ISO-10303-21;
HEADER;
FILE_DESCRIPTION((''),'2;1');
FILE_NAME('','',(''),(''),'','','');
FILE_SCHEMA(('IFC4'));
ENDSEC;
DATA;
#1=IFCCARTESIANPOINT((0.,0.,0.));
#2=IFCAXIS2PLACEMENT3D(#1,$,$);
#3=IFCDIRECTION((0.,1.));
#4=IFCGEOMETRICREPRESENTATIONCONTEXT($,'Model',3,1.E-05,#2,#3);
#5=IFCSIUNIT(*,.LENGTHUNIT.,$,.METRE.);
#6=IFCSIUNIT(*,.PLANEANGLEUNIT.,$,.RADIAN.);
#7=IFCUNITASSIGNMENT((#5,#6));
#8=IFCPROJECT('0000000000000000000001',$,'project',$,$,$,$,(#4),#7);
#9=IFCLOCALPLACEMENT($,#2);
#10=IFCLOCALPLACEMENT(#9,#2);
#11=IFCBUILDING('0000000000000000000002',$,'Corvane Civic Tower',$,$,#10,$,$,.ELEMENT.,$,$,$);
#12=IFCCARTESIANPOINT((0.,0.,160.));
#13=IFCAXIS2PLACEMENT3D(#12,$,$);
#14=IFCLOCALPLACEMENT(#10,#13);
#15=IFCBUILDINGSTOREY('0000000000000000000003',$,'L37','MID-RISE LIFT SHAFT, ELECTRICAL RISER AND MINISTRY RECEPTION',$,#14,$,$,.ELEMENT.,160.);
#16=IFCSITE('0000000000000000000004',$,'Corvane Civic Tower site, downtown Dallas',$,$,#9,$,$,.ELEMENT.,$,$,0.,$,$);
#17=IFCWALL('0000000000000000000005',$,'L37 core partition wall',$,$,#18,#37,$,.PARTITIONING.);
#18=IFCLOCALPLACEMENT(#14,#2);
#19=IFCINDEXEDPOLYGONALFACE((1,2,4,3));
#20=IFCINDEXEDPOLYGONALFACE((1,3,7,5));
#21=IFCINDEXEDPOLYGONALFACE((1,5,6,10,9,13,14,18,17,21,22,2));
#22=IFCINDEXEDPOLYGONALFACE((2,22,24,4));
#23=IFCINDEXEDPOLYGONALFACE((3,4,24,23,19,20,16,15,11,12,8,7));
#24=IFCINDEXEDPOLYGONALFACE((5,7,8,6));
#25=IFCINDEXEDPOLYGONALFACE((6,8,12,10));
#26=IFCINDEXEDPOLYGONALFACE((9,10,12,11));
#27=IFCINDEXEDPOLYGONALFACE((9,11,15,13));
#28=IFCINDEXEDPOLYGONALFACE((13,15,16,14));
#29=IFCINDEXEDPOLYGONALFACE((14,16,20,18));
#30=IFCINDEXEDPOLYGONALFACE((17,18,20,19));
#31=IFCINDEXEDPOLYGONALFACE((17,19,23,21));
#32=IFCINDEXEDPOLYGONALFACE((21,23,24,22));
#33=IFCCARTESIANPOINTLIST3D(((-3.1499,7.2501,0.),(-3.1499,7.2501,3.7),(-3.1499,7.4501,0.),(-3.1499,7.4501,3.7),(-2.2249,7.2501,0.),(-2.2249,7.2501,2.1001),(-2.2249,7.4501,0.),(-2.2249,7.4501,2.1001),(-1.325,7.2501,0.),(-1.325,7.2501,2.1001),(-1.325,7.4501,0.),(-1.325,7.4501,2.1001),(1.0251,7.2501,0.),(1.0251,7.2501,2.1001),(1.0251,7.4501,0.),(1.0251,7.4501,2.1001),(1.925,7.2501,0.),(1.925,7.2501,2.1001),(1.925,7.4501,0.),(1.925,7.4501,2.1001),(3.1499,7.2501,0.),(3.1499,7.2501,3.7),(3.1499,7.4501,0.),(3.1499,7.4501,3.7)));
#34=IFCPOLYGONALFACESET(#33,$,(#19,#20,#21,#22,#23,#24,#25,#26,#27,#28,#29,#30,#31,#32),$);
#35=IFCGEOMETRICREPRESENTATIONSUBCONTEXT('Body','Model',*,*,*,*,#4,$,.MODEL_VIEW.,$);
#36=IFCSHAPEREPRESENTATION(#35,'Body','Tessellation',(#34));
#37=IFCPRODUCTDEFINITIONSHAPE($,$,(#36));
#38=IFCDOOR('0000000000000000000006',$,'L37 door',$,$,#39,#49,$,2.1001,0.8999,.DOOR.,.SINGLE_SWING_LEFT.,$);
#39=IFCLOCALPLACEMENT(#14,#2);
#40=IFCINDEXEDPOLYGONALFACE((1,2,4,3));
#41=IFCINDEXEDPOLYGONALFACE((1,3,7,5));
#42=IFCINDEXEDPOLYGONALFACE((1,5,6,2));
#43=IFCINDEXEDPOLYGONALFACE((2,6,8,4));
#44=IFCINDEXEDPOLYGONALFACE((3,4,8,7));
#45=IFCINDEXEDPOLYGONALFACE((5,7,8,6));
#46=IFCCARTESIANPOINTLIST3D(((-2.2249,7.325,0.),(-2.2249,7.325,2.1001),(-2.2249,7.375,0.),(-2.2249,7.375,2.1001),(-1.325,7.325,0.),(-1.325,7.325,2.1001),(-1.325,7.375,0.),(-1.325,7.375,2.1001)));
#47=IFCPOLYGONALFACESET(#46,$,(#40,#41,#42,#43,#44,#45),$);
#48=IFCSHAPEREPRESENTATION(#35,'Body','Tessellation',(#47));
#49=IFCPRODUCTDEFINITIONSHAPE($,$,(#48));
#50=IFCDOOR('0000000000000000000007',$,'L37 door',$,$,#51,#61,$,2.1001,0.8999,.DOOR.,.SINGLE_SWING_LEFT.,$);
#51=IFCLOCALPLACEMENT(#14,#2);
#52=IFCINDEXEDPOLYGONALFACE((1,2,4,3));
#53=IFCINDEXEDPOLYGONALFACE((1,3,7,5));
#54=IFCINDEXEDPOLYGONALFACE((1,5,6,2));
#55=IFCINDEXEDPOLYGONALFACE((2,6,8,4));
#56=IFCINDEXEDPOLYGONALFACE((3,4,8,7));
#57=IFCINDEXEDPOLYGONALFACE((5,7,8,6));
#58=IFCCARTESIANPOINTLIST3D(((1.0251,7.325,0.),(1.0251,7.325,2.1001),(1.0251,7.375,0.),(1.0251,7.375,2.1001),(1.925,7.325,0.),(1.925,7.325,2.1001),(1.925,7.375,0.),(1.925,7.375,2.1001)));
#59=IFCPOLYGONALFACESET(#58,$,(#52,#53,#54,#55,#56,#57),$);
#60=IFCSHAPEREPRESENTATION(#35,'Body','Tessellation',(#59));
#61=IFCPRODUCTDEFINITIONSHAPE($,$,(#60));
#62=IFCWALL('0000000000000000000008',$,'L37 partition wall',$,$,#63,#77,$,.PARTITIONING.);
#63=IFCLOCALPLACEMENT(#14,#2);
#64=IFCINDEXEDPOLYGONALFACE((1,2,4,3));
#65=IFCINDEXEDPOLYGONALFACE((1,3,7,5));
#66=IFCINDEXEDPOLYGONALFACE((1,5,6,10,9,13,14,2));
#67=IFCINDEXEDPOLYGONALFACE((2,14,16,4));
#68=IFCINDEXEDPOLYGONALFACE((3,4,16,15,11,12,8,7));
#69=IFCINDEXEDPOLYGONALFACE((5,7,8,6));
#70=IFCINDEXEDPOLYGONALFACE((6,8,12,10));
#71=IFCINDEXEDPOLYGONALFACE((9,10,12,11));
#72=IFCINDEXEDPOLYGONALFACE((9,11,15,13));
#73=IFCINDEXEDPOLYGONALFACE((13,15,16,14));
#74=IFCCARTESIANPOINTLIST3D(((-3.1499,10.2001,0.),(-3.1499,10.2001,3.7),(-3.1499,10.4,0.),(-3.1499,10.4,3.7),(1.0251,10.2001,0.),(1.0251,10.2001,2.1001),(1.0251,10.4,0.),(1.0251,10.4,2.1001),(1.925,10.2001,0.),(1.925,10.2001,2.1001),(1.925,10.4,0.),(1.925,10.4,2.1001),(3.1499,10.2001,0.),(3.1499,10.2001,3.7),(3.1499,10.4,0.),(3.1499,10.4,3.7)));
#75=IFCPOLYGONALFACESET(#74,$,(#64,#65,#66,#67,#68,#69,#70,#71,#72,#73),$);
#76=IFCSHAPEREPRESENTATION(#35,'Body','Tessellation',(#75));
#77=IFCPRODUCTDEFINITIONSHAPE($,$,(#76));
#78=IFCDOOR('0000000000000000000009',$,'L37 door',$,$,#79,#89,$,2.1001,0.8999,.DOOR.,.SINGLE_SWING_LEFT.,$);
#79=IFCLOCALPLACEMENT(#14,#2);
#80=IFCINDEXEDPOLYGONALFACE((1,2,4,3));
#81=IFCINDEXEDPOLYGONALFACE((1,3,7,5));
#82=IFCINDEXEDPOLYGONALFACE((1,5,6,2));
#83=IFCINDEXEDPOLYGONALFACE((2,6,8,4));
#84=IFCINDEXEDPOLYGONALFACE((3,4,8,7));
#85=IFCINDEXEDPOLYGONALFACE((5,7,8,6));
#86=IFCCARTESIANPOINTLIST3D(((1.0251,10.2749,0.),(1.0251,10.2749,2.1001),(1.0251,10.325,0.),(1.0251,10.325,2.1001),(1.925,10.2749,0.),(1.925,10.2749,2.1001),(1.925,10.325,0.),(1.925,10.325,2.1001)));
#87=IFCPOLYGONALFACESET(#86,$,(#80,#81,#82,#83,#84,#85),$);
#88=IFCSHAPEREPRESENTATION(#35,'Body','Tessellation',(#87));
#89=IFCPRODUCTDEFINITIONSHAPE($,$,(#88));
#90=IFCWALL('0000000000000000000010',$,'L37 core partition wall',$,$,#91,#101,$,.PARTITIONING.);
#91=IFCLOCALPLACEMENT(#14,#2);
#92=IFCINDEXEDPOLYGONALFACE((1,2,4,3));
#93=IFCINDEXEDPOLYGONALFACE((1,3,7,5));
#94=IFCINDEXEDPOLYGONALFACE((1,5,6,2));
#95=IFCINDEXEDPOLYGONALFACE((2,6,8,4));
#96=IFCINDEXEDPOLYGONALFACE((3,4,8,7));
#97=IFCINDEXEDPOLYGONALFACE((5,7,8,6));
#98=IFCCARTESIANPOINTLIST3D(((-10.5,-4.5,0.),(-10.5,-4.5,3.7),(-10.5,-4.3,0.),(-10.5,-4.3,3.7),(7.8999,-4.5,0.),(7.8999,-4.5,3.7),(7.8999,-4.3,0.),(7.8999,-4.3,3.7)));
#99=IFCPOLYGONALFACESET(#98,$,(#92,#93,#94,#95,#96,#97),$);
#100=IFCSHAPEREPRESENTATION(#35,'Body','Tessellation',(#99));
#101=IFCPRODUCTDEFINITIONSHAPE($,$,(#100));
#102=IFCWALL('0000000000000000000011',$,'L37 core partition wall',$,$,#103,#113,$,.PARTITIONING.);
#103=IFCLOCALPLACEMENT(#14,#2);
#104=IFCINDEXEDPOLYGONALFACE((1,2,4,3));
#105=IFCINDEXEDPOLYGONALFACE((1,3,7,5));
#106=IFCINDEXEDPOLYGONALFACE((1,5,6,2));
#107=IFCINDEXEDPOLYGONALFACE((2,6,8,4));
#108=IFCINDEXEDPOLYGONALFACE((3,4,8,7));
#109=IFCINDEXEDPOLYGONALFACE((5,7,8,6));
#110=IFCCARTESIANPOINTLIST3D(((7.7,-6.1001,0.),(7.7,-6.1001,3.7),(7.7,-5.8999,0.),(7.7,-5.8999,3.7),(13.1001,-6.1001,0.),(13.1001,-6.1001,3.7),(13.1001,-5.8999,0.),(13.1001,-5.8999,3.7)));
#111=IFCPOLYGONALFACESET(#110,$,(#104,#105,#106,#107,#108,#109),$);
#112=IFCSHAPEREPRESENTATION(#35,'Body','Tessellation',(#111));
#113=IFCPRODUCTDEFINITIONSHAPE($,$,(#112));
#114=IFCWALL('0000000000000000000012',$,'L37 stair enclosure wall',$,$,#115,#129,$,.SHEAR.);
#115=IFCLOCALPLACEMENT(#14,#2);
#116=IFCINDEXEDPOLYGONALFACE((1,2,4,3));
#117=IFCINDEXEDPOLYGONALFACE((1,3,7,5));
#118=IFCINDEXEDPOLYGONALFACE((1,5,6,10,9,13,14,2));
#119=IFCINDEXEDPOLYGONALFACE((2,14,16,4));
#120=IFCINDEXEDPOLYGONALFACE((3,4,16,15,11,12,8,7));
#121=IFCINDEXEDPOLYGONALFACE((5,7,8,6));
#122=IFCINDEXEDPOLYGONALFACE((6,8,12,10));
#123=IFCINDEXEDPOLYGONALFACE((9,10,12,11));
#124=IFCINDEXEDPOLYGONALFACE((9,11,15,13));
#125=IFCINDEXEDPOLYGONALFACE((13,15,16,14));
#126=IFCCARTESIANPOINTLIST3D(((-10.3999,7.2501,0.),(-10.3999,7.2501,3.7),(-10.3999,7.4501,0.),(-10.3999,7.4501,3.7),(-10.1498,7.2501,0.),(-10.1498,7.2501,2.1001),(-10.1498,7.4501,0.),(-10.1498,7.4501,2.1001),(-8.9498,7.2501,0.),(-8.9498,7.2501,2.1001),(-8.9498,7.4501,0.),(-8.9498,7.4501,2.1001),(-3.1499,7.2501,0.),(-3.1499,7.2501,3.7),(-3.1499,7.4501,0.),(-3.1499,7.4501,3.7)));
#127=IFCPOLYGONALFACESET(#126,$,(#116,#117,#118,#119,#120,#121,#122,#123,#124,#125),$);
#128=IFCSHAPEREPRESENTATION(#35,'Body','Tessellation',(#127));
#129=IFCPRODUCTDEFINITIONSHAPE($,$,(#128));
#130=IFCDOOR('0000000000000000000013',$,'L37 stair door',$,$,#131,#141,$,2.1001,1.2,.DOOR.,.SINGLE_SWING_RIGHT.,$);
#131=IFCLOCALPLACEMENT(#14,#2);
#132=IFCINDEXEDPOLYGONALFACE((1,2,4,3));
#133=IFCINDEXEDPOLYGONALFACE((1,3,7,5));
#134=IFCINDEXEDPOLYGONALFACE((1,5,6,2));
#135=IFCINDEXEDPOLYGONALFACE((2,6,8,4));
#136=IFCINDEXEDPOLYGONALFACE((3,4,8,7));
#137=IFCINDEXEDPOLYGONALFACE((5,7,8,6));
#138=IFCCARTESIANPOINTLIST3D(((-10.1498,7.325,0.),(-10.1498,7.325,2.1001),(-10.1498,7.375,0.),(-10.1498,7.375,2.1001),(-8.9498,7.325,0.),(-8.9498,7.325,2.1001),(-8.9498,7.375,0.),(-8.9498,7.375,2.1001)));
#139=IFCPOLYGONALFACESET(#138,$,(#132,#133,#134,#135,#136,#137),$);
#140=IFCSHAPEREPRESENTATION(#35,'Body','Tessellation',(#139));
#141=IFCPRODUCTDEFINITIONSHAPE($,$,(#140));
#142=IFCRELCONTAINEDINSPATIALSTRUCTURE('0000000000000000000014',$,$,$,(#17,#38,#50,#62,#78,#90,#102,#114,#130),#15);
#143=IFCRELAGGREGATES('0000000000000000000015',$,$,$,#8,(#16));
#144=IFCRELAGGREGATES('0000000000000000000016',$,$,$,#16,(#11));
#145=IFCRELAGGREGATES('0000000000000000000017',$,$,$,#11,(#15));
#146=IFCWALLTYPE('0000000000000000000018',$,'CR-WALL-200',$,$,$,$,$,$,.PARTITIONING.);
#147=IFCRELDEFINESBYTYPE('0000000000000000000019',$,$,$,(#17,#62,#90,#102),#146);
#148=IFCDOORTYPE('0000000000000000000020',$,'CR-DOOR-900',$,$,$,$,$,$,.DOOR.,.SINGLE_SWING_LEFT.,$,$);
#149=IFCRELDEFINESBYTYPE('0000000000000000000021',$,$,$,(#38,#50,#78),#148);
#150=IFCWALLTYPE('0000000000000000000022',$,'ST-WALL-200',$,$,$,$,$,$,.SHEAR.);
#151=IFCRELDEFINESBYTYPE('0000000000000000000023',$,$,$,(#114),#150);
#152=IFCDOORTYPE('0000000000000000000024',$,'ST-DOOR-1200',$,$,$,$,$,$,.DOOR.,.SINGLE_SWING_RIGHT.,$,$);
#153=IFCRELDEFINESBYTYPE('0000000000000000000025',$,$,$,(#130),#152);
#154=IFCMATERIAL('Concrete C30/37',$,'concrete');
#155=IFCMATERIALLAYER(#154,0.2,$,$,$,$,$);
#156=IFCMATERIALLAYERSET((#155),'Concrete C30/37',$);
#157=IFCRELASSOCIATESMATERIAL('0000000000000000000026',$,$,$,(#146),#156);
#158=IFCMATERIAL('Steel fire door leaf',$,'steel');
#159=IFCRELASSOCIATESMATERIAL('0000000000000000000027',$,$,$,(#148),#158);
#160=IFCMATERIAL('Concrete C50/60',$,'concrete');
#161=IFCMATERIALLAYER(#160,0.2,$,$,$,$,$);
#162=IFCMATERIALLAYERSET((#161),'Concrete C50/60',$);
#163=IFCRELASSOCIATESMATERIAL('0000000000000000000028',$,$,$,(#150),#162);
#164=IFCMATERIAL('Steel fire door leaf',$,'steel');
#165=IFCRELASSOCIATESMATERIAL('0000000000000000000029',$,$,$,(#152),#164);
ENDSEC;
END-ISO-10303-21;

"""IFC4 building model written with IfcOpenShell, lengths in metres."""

from ifc_helpers import new_model, si_unit, direction, frame, frame_2d, origin, place, context, subcontext, project, spatial, polyline, rectangle, outline, extrude, material, layer, layer_set, type_object, element, fill, save


model = new_model("IFC4")

# Units and contexts
model_context = context("Model", 3, precision=1e-05, world=origin(), true_north=direction((0.0, 1.0)))
body_context = subcontext(model_context, "Body", "Model", "MODEL_VIEW")
ifc_project = project(units=[si_unit("LENGTHUNIT", "METRE"), si_unit("PLANEANGLEUNIT", "RADIAN")], contexts=[model_context])

# Site, building, storey
site_placement = place(None, origin())
site = spatial("IfcSite", under=ifc_project, at=site_placement, Name="Corvane Civic Tower site, downtown Dallas", CompositionType="ELEMENT", RefElevation=0.0)
building_placement = place(site_placement, origin())
building = spatial("IfcBuilding", under=site, at=building_placement, Name="Corvane Civic Tower", CompositionType="ELEMENT")
storey_placement = place(building_placement, frame((0.0, 0.0, 160.0)))
storey = spatial("IfcBuildingStorey", under=building, at=storey_placement, Name="L37", Description="MID-RISE LIFT SHAFT, ELECTRICAL RISER AND MINISTRY RECEPTION", CompositionType="ELEMENT", Elevation=160.0)

# Wall, openings, doors
ifc_material_1 = material(Name="Concrete C30/37", Category="concrete")
ifc_layer_1 = layer(ifc_material_1, 0.2)
ifc_layer_set_1 = layer_set([ifc_layer_1], Name="Concrete C30/37")
wall_type_1 = type_object("IfcWallType", Name="CR-WALL-200", PredefinedType="PARTITIONING", material=ifc_layer_set_1)
wall_1_placement = place(storey_placement, frame((-3.1499, 7.3501, 0.0), z_axis=(0.0, 0.0, 1.0), x_axis=(1.0, 0.0, 0.0)))
wall_1 = element("IfcWall", 1, at=wall_1_placement, inside=storey, type_object=wall_type_1, Name="L37 core partition wall", PredefinedType="PARTITIONING", context=body_context, shape_type="SweptSolid", body=[
    extrude(rectangle(XDim=6.2998, YDim=0.2, at=frame_2d((3.1499, 0.0))), origin(), (0.0, 0.0, 1.0), 3.7),
])
opening_1_placement = place(wall_1_placement, frame((0.925, 0.0, 0.0)))
opening_1 = element("IfcOpeningElement", 2, at=opening_1_placement, cuts=wall_1, PredefinedType="OPENING", context=body_context, shape_type="SweptSolid", body=[
    extrude(rectangle(XDim=0.8999, YDim=2.1001, at=frame_2d((0.45, 1.05))), frame((0.0, 0.1099, 0.0), z_axis=(0.0, -1.0, 0.0), x_axis=(1.0, 0.0, 0.0)), (0.0, 0.0, 1.0), 0.22),
])
opening_2_placement = place(wall_1_placement, frame((4.175, 0.0, 0.0)))
opening_2 = element("IfcOpeningElement", 3, at=opening_2_placement, cuts=wall_1, PredefinedType="OPENING", context=body_context, shape_type="SweptSolid", body=[
    extrude(rectangle(XDim=0.8999, YDim=2.1001, at=frame_2d((0.45, 1.05))), frame((0.0, 0.1099, 0.0), z_axis=(0.0, -1.0, 0.0), x_axis=(1.0, 0.0, 0.0)), (0.0, 0.0, 1.0), 0.22),
])
ifc_material_2 = material(Name="Steel fire door leaf", Category="steel")
door_type_1 = type_object("IfcDoorType", Name="CR-DOOR-900", OperationType="SINGLE_SWING_LEFT", PredefinedType="DOOR", material=ifc_material_2)
door_1_placement = place(opening_1_placement, origin())
door_1 = element("IfcDoor", 4, at=door_1_placement, inside=storey, type_object=door_type_1, Name="L37 door", OperationType="SINGLE_SWING_LEFT", OverallHeight=2.1001, OverallWidth=0.8999, PredefinedType="DOOR", context=body_context, shape_type="SweptSolid", body=[
    extrude(rectangle(XDim=0.8999, YDim=2.1001, at=frame_2d((0.45, 1.05))), frame((0.0, 0.0249, 0.0), z_axis=(0.0, -1.0, 0.0), x_axis=(1.0, 0.0, 0.0)), (0.0, 0.0, 1.0), 0.05),
])
fill(opening_1, door_1)
door_2_placement = place(opening_2_placement, origin())
door_2 = element("IfcDoor", 5, at=door_2_placement, inside=storey, type_object=door_type_1, Name="L37 door", OperationType="SINGLE_SWING_LEFT", OverallHeight=2.1001, OverallWidth=0.8999, PredefinedType="DOOR", context=body_context, shape_type="SweptSolid", body=[
    extrude(rectangle(XDim=0.8999, YDim=2.1001, at=frame_2d((0.45, 1.05))), frame((0.0, 0.0249, 0.0), z_axis=(0.0, -1.0, 0.0), x_axis=(1.0, 0.0, 0.0)), (0.0, 0.0, 1.0), 0.05),
])
fill(opening_2, door_2)

# Wall, opening, door
wall_2_placement = place(storey_placement, frame((-3.1499, 10.3, 0.0), z_axis=(0.0, 0.0, 1.0), x_axis=(1.0, 0.0, 0.0)))
wall_2 = element("IfcWall", 6, at=wall_2_placement, inside=storey, type_object=wall_type_1, Name="L37 partition wall", PredefinedType="PARTITIONING", context=body_context, shape_type="SweptSolid", body=[
    extrude(rectangle(XDim=6.2998, YDim=0.2, at=frame_2d((3.1499, 0.0))), origin(), (0.0, 0.0, 1.0), 3.7),
])
opening_3_placement = place(wall_2_placement, frame((4.175, 0.0, 0.0)))
opening_3 = element("IfcOpeningElement", 7, at=opening_3_placement, cuts=wall_2, PredefinedType="OPENING", context=body_context, shape_type="SweptSolid", body=[
    extrude(rectangle(XDim=0.8999, YDim=2.1001, at=frame_2d((0.45, 1.05))), frame((0.0, 0.1099, 0.0), z_axis=(0.0, -1.0, 0.0), x_axis=(1.0, 0.0, 0.0)), (0.0, 0.0, 1.0), 0.22),
])
door_3_placement = place(opening_3_placement, origin())
door_3 = element("IfcDoor", 8, at=door_3_placement, inside=storey, type_object=door_type_1, Name="L37 door", OperationType="SINGLE_SWING_LEFT", OverallHeight=2.1001, OverallWidth=0.8999, PredefinedType="DOOR", context=body_context, shape_type="SweptSolid", body=[
    extrude(rectangle(XDim=0.8999, YDim=2.1001, at=frame_2d((0.45, 1.05))), frame((0.0, 0.0249, 0.0), z_axis=(0.0, -1.0, 0.0), x_axis=(1.0, 0.0, 0.0)), (0.0, 0.0, 1.0), 0.05),
])
fill(opening_3, door_3)

# Walls
wall_3_placement = place(storey_placement, origin())
element("IfcWall", 9, at=wall_3_placement, inside=storey, type_object=wall_type_1, Name="L37 core partition wall", PredefinedType="PARTITIONING", context=body_context, shape_type="SweptSolid", body=[
    extrude(outline(polyline([(7.8999, -4.3), (7.8999, -4.5), (-10.5, -4.5), (-10.5, -4.3), (7.8999, -4.3)])), origin(), (0.0, 0.0, 1.0), 3.7),
])
wall_4_placement = place(storey_placement, origin())
element("IfcWall", 10, at=wall_4_placement, inside=storey, type_object=wall_type_1, Name="L37 core partition wall", PredefinedType="PARTITIONING", context=body_context, shape_type="SweptSolid", body=[
    extrude(outline(polyline([(13.1001, -6.1001), (7.7, -6.1001), (7.7, -5.8999), (13.1001, -5.8999), (13.1001, -6.1001)])), origin(), (0.0, 0.0, 1.0), 3.7),
])

# Wall, opening, door
ifc_material_3 = material(Name="Concrete C50/60", Category="concrete")
ifc_layer_2 = layer(ifc_material_3, 0.2)
ifc_layer_set_2 = layer_set([ifc_layer_2], Name="Concrete C50/60")
wall_type_2 = type_object("IfcWallType", Name="ST-WALL-200", PredefinedType="SHEAR", material=ifc_layer_set_2)
wall_5_placement = place(storey_placement, frame((-10.3999, 7.3501, 0.0), z_axis=(0.0, 0.0, 1.0), x_axis=(1.0, 0.0, 0.0)))
wall_5 = element("IfcWall", 11, at=wall_5_placement, inside=storey, type_object=wall_type_2, Name="L37 stair enclosure wall", PredefinedType="SHEAR", context=body_context, shape_type="SweptSolid", body=[
    extrude(rectangle(XDim=7.25, YDim=0.2, at=frame_2d((3.625, 0.0))), origin(), (0.0, 0.0, 1.0), 3.7),
])
opening_4_placement = place(wall_5_placement, frame((0.25, 0.0, 0.0)))
opening_4 = element("IfcOpeningElement", 12, at=opening_4_placement, cuts=wall_5, PredefinedType="OPENING", context=body_context, shape_type="SweptSolid", body=[
    extrude(rectangle(XDim=1.2, YDim=2.1001, at=frame_2d((0.6001, 1.05))), frame((0.0, 0.1099, 0.0), z_axis=(0.0, -1.0, 0.0), x_axis=(1.0, 0.0, 0.0)), (0.0, 0.0, 1.0), 0.22),
])
ifc_material_4 = material(Name="Steel fire door leaf", Category="steel")
door_type_2 = type_object("IfcDoorType", Name="ST-DOOR-1200", OperationType="SINGLE_SWING_RIGHT", PredefinedType="DOOR", material=ifc_material_4)
door_4_placement = place(opening_4_placement, origin())
door_4 = element("IfcDoor", 13, at=door_4_placement, inside=storey, type_object=door_type_2, Name="L37 stair door", OperationType="SINGLE_SWING_RIGHT", OverallHeight=2.1001, OverallWidth=1.2, PredefinedType="DOOR", context=body_context, shape_type="SweptSolid", body=[
    extrude(rectangle(XDim=1.2, YDim=2.1001, at=frame_2d((0.6001, 1.05))), frame((0.0, 0.0249, 0.0), z_axis=(0.0, -1.0, 0.0), x_axis=(1.0, 0.0, 0.0)), (0.0, 0.0, 1.0), 0.05),
])
fill(opening_4, door_4)

save(model, "model.ifc")
